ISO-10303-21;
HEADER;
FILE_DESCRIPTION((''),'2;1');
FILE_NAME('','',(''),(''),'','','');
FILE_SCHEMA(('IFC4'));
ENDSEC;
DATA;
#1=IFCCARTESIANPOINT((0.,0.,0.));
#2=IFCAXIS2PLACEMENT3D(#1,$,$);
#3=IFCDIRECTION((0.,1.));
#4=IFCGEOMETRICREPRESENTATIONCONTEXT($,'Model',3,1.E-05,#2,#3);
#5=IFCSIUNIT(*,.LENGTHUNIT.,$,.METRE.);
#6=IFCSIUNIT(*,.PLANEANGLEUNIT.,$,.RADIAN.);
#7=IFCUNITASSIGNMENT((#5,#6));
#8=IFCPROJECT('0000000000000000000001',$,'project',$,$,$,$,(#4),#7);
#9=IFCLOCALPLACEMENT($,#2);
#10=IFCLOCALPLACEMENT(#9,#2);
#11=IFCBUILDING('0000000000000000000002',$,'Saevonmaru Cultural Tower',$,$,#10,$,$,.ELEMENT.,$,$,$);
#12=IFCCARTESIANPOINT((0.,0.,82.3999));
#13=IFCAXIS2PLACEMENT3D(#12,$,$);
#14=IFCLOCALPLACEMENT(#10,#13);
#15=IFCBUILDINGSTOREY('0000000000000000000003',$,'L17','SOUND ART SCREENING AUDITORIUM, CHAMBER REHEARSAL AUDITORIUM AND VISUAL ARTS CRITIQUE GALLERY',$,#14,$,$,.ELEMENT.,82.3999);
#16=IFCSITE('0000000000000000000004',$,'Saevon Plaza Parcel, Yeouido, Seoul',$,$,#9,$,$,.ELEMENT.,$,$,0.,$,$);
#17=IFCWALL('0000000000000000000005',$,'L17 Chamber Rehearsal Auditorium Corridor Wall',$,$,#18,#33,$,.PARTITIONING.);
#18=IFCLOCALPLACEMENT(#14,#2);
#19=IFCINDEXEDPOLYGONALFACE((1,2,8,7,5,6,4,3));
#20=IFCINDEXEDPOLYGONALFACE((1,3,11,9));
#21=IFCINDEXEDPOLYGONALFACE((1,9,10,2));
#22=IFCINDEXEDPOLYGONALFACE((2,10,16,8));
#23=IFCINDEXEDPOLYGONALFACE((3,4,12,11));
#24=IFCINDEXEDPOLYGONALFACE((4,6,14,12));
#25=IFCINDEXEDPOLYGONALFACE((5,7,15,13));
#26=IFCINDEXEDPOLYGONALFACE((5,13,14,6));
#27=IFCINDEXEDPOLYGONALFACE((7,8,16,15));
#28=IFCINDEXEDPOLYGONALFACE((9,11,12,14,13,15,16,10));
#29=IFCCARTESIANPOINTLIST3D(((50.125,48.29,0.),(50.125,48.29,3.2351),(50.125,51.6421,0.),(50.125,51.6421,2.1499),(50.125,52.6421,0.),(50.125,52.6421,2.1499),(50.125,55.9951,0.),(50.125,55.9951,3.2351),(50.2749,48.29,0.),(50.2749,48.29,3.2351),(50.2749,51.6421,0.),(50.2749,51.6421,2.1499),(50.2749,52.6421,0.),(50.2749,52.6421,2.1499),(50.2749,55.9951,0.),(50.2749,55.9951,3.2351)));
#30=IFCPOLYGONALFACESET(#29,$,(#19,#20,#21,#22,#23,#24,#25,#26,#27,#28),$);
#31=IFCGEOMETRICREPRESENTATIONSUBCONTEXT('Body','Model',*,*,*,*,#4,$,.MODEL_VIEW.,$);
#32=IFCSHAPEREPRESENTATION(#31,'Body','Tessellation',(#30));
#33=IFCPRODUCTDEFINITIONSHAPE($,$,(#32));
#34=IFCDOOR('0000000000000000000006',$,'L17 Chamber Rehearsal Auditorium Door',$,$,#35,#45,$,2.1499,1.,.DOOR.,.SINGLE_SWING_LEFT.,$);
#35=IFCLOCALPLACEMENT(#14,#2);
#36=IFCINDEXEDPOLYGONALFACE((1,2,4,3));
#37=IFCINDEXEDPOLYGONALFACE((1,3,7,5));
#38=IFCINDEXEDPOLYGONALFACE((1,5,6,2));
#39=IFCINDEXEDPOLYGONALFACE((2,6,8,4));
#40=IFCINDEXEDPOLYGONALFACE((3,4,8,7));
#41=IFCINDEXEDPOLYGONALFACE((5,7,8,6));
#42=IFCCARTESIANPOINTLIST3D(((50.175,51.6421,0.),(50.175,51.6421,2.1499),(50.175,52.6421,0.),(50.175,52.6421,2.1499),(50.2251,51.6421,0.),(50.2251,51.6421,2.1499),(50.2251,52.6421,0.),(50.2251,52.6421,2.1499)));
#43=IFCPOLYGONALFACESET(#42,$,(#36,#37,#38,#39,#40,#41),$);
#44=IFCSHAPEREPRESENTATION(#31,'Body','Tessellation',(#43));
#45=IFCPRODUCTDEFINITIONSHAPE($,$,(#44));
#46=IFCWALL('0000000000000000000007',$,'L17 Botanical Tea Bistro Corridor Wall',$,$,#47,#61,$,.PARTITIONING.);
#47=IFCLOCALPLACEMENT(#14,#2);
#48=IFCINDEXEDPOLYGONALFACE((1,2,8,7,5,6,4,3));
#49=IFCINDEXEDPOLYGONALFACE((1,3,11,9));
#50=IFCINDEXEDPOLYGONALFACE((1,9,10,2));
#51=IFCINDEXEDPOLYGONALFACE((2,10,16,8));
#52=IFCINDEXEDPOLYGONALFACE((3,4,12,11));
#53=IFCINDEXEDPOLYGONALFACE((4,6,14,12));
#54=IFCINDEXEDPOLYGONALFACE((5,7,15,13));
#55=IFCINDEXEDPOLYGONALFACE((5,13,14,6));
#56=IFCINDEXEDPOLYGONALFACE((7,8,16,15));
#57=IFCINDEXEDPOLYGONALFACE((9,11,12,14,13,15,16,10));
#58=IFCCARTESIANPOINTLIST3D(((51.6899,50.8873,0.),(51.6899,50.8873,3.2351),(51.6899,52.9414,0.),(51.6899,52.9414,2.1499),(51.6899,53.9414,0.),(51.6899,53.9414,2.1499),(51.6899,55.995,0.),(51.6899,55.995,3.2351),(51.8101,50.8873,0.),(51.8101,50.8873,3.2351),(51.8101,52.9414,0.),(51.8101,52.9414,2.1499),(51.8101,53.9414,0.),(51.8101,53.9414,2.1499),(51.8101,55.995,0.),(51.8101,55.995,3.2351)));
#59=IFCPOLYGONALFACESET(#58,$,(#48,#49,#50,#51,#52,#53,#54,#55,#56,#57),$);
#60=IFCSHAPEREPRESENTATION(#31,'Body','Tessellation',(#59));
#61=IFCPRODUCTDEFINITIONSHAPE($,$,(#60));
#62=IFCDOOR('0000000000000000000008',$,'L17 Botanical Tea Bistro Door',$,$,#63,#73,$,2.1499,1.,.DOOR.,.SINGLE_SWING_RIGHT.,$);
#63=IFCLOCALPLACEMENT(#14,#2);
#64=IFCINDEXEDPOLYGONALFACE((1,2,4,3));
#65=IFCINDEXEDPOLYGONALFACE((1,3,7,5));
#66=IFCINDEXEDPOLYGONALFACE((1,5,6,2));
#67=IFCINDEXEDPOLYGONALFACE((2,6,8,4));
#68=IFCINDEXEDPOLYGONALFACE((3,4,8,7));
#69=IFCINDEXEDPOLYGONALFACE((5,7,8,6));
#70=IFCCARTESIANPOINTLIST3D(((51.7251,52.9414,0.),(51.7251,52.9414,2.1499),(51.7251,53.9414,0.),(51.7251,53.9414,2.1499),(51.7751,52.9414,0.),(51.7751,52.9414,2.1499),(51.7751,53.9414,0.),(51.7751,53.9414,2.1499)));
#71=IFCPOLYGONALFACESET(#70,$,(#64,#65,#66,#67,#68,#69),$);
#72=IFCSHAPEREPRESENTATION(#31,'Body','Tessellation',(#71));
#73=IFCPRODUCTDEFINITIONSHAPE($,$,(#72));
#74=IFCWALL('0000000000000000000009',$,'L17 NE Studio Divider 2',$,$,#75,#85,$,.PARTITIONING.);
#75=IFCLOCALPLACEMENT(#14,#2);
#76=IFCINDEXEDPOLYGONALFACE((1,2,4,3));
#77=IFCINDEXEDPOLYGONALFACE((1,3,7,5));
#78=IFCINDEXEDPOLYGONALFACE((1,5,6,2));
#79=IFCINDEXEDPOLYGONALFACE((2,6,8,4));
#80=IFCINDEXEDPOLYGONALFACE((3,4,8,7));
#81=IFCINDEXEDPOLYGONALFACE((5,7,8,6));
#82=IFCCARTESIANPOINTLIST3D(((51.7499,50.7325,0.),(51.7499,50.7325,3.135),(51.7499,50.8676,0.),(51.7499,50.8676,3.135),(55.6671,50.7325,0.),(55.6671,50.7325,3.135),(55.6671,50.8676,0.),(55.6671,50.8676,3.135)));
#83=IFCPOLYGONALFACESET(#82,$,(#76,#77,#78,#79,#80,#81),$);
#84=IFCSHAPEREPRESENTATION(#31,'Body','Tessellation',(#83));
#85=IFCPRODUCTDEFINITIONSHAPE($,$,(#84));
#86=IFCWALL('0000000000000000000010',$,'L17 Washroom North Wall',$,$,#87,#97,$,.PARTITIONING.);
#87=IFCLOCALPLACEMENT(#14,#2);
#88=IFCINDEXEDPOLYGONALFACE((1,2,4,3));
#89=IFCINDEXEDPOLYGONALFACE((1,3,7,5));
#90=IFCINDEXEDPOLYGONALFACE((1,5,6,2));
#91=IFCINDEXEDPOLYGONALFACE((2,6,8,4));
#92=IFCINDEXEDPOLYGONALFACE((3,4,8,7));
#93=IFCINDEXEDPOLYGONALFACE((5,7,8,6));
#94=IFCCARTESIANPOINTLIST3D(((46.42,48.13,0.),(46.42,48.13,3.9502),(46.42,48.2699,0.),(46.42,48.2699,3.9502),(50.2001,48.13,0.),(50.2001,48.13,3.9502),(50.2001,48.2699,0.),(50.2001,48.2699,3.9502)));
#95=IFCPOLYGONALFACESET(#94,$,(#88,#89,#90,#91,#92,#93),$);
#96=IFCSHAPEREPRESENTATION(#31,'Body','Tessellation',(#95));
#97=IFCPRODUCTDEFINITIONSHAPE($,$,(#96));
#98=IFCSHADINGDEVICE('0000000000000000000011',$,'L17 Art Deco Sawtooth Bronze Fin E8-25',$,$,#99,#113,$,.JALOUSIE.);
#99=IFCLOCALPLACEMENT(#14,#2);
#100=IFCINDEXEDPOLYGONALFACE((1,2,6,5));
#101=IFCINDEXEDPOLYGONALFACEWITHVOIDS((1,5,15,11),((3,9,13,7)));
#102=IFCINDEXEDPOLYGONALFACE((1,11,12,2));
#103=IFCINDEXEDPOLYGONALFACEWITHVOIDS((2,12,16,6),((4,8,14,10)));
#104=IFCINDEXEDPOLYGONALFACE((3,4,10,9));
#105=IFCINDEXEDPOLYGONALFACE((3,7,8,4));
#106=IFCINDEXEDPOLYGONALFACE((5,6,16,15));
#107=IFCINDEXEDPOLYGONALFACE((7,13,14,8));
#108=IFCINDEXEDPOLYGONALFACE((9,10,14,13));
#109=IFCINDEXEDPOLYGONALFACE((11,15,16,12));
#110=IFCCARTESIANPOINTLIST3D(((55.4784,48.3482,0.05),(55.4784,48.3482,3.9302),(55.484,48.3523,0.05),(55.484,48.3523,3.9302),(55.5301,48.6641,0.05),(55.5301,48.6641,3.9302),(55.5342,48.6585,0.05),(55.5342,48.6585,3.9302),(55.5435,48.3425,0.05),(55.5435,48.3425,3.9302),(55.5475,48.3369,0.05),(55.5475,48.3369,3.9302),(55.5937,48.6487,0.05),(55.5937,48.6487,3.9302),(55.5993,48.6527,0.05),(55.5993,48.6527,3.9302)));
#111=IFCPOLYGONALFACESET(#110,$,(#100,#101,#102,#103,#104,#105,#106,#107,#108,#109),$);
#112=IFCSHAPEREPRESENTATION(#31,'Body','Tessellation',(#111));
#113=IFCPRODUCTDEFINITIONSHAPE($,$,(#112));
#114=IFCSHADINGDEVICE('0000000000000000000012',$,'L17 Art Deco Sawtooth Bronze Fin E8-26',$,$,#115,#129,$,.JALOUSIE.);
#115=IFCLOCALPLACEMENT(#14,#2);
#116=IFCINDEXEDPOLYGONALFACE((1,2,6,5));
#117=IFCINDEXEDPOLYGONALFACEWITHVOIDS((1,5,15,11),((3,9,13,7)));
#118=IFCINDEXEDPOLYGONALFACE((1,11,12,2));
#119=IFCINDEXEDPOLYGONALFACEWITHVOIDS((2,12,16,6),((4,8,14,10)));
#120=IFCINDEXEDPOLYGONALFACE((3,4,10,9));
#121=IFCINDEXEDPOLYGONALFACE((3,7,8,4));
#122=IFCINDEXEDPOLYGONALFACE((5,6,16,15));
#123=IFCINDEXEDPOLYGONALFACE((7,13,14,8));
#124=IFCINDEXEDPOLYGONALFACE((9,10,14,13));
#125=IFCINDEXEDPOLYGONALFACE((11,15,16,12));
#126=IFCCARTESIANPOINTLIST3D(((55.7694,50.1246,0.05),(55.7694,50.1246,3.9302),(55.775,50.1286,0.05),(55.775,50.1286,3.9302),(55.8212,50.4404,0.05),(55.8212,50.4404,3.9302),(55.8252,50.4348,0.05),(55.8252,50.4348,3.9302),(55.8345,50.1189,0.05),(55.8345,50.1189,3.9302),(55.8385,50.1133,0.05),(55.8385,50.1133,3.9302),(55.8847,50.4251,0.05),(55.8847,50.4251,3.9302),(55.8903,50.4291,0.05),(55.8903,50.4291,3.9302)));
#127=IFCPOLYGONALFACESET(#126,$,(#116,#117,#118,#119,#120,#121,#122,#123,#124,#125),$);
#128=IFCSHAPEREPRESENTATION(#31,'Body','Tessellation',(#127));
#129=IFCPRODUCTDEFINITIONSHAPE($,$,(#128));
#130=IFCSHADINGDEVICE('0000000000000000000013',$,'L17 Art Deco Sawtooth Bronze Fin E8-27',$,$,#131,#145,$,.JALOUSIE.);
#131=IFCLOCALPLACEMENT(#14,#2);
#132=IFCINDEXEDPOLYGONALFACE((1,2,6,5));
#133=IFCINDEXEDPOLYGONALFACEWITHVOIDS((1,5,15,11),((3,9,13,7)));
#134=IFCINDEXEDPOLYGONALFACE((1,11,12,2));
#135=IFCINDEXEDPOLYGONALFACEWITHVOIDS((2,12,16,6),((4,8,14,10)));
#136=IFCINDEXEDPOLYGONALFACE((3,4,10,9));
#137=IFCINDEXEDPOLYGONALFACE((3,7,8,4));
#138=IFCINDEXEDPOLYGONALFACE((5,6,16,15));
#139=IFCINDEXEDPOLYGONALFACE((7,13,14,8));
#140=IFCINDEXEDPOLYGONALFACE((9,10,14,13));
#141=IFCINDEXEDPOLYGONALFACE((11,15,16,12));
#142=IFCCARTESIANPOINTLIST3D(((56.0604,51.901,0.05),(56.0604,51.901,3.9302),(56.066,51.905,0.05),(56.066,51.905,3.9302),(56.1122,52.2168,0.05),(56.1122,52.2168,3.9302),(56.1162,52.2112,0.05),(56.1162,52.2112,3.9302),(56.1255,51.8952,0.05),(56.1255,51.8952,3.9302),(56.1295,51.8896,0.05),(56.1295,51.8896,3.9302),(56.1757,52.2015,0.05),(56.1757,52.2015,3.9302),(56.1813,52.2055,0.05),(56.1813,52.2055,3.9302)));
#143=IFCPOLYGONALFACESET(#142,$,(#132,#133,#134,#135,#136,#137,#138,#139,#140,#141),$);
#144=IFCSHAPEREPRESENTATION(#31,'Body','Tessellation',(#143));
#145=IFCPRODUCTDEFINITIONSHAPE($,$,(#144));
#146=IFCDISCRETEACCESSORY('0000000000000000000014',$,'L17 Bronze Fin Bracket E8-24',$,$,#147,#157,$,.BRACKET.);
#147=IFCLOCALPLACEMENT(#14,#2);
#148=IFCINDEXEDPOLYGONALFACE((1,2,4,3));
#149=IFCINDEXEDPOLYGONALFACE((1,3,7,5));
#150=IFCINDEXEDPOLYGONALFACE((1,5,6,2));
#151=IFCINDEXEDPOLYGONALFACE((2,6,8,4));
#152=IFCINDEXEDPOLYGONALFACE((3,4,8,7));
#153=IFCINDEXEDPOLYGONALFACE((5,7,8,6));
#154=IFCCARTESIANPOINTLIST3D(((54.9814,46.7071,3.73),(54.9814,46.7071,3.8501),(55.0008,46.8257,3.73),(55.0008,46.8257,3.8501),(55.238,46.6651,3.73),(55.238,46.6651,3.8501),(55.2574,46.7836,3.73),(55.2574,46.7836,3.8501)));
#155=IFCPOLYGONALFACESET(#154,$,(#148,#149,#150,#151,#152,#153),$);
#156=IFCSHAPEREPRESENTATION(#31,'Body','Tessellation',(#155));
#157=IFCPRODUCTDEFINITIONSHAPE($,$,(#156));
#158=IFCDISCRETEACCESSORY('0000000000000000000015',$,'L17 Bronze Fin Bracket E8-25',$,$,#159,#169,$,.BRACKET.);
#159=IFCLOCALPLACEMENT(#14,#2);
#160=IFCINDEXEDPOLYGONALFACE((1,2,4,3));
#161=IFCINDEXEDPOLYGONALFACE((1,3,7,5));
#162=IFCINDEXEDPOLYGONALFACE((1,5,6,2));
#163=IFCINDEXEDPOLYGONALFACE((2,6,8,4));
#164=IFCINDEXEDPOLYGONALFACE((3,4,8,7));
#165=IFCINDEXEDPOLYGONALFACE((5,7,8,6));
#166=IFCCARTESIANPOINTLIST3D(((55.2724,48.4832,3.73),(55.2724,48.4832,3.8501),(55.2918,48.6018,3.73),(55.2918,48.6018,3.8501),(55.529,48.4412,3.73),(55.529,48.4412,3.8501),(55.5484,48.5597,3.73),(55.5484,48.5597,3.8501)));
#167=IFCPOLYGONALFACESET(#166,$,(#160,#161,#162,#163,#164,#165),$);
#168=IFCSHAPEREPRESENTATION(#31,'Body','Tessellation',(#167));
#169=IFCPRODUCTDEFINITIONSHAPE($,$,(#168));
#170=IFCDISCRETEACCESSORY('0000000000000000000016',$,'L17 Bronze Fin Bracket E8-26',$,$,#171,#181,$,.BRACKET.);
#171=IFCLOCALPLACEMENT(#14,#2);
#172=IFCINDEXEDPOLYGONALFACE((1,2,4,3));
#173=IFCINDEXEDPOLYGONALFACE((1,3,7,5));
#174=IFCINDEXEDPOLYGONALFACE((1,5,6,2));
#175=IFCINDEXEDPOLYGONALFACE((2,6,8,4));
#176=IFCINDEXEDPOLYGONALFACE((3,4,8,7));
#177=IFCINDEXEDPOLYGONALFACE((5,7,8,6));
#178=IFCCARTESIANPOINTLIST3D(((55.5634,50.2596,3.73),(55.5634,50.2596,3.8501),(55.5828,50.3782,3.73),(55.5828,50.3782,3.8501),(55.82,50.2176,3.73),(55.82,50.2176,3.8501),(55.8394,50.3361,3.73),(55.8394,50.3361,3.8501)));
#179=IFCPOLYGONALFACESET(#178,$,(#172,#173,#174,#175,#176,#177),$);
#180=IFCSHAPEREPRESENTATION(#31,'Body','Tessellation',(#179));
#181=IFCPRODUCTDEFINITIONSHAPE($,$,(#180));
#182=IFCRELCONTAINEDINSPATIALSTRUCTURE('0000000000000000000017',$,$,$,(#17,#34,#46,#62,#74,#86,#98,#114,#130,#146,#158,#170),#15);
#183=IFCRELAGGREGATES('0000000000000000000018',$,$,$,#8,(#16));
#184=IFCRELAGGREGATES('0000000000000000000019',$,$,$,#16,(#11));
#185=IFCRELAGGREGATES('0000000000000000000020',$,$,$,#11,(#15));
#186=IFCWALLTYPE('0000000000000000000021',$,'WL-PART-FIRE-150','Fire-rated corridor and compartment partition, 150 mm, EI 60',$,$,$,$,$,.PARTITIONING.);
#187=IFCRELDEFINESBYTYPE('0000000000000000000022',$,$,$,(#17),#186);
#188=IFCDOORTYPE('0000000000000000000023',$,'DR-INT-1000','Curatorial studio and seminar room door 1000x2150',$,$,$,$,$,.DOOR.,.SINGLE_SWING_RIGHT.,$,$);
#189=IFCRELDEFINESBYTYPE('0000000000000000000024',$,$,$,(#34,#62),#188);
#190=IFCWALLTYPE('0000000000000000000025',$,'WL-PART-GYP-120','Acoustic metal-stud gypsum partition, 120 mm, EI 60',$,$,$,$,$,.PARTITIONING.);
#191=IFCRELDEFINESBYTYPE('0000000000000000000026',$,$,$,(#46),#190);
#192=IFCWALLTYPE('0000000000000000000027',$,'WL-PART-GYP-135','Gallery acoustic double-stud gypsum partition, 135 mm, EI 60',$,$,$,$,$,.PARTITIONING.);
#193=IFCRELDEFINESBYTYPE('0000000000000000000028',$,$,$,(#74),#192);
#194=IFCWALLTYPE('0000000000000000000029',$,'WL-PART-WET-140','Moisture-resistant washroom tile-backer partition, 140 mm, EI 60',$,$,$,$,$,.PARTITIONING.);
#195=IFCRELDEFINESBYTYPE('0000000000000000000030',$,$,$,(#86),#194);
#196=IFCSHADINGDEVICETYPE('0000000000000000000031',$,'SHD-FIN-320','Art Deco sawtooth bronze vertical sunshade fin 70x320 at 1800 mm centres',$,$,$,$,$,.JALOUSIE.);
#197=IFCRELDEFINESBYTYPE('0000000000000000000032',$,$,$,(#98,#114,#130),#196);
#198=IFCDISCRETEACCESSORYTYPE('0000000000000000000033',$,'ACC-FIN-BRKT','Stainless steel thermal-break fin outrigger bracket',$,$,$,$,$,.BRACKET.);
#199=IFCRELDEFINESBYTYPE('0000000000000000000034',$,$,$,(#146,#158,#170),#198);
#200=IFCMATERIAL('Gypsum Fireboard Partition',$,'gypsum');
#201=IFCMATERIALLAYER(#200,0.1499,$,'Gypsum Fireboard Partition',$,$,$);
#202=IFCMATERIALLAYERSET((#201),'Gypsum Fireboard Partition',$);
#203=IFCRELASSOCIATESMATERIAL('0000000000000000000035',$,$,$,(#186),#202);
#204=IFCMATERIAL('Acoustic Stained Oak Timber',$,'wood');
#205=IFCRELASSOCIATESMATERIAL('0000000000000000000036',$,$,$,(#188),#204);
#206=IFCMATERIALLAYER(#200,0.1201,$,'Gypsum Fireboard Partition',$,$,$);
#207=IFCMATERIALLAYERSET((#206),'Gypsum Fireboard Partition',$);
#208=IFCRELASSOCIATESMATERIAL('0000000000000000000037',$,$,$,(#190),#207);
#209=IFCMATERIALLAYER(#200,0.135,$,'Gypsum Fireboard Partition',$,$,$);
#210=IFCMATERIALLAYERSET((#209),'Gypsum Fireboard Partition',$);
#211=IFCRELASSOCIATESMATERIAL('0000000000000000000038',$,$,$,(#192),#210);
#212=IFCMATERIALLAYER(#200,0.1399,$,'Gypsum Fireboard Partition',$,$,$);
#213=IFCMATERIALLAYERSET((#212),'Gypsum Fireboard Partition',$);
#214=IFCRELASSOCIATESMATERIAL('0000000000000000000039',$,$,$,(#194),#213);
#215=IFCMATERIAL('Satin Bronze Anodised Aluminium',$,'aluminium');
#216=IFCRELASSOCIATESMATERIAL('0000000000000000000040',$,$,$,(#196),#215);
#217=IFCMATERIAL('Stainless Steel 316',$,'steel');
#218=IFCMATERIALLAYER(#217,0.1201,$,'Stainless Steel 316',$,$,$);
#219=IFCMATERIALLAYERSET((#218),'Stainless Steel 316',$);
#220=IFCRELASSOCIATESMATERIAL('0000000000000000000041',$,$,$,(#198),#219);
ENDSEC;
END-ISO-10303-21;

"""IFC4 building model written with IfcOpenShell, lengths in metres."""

from ifc_helpers import new_model, si_unit, direction, frame, frame_2d, origin, origin_2d, place, context, subcontext, project, spatial, rectangle, hollow_rectangle, extrude, material, layer, layer_set, material_profile, profile_set, type_object, element, fill, save


model = new_model("IFC4")

# Units and contexts
model_context = context("Model", 3, precision=1e-05, world=origin(), true_north=direction((0.0, 1.0)))
body_context = subcontext(model_context, "Body", "Model", "MODEL_VIEW")
ifc_project = project(units=[si_unit("LENGTHUNIT", "METRE"), si_unit("PLANEANGLEUNIT", "RADIAN")], contexts=[model_context])

# Site, building, storey
site_placement = place(None, origin())
site = spatial("IfcSite", under=ifc_project, at=site_placement, Name="Saevon Plaza Parcel, Yeouido, Seoul", CompositionType="ELEMENT", RefElevation=0.0)
building_placement = place(site_placement, origin())
building = spatial("IfcBuilding", under=site, at=building_placement, Name="Saevonmaru Cultural Tower", CompositionType="ELEMENT")
storey_placement = place(building_placement, frame((0.0, 0.0, 82.3999)))
storey = spatial("IfcBuildingStorey", under=building, at=storey_placement, Name="L17", Description="SOUND ART SCREENING AUDITORIUM, CHAMBER REHEARSAL AUDITORIUM AND VISUAL ARTS CRITIQUE GALLERY", CompositionType="ELEMENT", Elevation=82.3999)

# Shared definitions
ifc_material_1 = material(Name="Satin Bronze Anodised Aluminium", Category="aluminium")

# Walls, openings, doors
ifc_material_2 = material(Name="Gypsum Fireboard Partition", Category="gypsum")
ifc_layer_1 = layer(ifc_material_2, 0.1499, Name="Gypsum Fireboard Partition")
ifc_layer_set_1 = layer_set([ifc_layer_1], Name="Gypsum Fireboard Partition")
wall_type_1 = type_object("IfcWallType", Name="WL-PART-FIRE-150", Description="Fire-rated corridor and compartment partition, 150 mm, EI 60", PredefinedType="PARTITIONING", material=ifc_layer_set_1)
wall_1_placement = place(storey_placement, frame((50.2, 48.29, 0.0), z_axis=(0.0, 0.0, 1.0), x_axis=(0.0, 1.0, 0.0)))
wall_1 = element("IfcWall", 1, at=wall_1_placement, inside=storey, type_object=wall_type_1, Name="L17 Chamber Rehearsal Auditorium Corridor Wall", PredefinedType="PARTITIONING", context=body_context, shape_type="SweptSolid", body=[
    extrude(rectangle(XDim=7.7051, YDim=0.1499, at=frame_2d((3.8525, 0.0))), origin(), (0.0, 0.0, 1.0), 3.2351),
])
opening_1_placement = place(wall_1_placement, frame((3.3521, 0.0, 0.0)))
opening_1 = element("IfcOpeningElement", 2, at=opening_1_placement, cuts=wall_1, PredefinedType="OPENING", context=body_context, shape_type="SweptSolid", body=[
    extrude(rectangle(XDim=1.0, YDim=2.1499, at=frame_2d((0.5, 1.075))), frame((0.0, 0.085, 0.0), z_axis=(0.0, -1.0, 0.0), x_axis=(1.0, 0.0, 0.0)), (0.0, 0.0, 1.0), 0.1699),
])
ifc_material_3 = material(Name="Acoustic Stained Oak Timber", Category="wood")
door_type = type_object("IfcDoorType", Name="DR-INT-1000", Description="Curatorial studio and seminar room door 1000x2150", OperationType="SINGLE_SWING_RIGHT", PredefinedType="DOOR", material=ifc_material_3)
door_1_placement = place(opening_1_placement, origin())
door_1 = element("IfcDoor", 3, at=door_1_placement, inside=storey, type_object=door_type, Name="L17 Chamber Rehearsal Auditorium Door", OperationType="SINGLE_SWING_LEFT", OverallHeight=2.1499, OverallWidth=1.0, PredefinedType="DOOR", context=body_context, shape_type="SweptSolid", body=[
    extrude(rectangle(XDim=1.0, YDim=2.1499, at=frame_2d((0.5, 1.075))), frame((0.0, 0.0249, 0.0), z_axis=(0.0, -1.0, 0.0), x_axis=(1.0, 0.0, 0.0)), (0.0, 0.0, 1.0), 0.05),
])
fill(opening_1, door_1)
ifc_layer_2 = layer(ifc_material_2, 0.1201, Name="Gypsum Fireboard Partition")
ifc_layer_set_2 = layer_set([ifc_layer_2], Name="Gypsum Fireboard Partition")
wall_type_2 = type_object("IfcWallType", Name="WL-PART-GYP-120", Description="Acoustic metal-stud gypsum partition, 120 mm, EI 60", PredefinedType="PARTITIONING", material=ifc_layer_set_2)
wall_2_placement = place(storey_placement, frame((51.75, 50.8875, 0.0), z_axis=(0.0, 0.0, 1.0), x_axis=(0.0, 1.0, 0.0)))
wall_2 = element("IfcWall", 4, at=wall_2_placement, inside=storey, type_object=wall_type_2, Name="L17 Botanical Tea Bistro Corridor Wall", PredefinedType="PARTITIONING", context=body_context, shape_type="SweptSolid", body=[
    extrude(rectangle(XDim=5.1077, YDim=0.1201, at=frame_2d((2.5537, 0.0))), origin(), (0.0, 0.0, 1.0), 3.2351),
])
opening_2_placement = place(wall_2_placement, frame((2.054, 0.0, 0.0)))
opening_2 = element("IfcOpeningElement", 5, at=opening_2_placement, cuts=wall_2, PredefinedType="OPENING", context=body_context, shape_type="SweptSolid", body=[
    extrude(rectangle(XDim=1.0, YDim=2.1499, at=frame_2d((0.5, 1.075))), frame((0.0, 0.0701, 0.0), z_axis=(0.0, -1.0, 0.0), x_axis=(1.0, 0.0, 0.0)), (0.0, 0.0, 1.0), 0.1401),
])
door_2_placement = place(opening_2_placement, origin())
door_2 = element("IfcDoor", 6, at=door_2_placement, inside=storey, type_object=door_type, Name="L17 Botanical Tea Bistro Door", OperationType="SINGLE_SWING_RIGHT", OverallHeight=2.1499, OverallWidth=1.0, PredefinedType="DOOR", context=body_context, shape_type="SweptSolid", body=[
    extrude(rectangle(XDim=1.0, YDim=2.1499, at=frame_2d((0.5, 1.075))), frame((0.0, 0.0249, 0.0), z_axis=(0.0, -1.0, 0.0), x_axis=(1.0, 0.0, 0.0)), (0.0, 0.0, 1.0), 0.05),
])
fill(opening_2, door_2)

# Walls
ifc_layer_3 = layer(ifc_material_2, 0.135, Name="Gypsum Fireboard Partition")
ifc_layer_set_3 = layer_set([ifc_layer_3], Name="Gypsum Fireboard Partition")
wall_type_3 = type_object("IfcWallType", Name="WL-PART-GYP-135", Description="Gallery acoustic double-stud gypsum partition, 135 mm, EI 60", PredefinedType="PARTITIONING", material=ifc_layer_set_3)
wall_3_placement = place(storey_placement, frame((51.75, 50.8, 0.0), z_axis=(0.0, 0.0, 1.0), x_axis=(1.0, 0.0, 0.0)))
element("IfcWall", 7, at=wall_3_placement, inside=storey, type_object=wall_type_3, Name="L17 NE Studio Divider 2", PredefinedType="PARTITIONING", context=body_context, shape_type="SweptSolid", body=[
    extrude(rectangle(XDim=3.9172, YDim=0.135, at=frame_2d((1.9585, 0.0))), origin(), (0.0, 0.0, 1.0), 3.135),
])
ifc_layer_4 = layer(ifc_material_2, 0.1399, Name="Gypsum Fireboard Partition")
ifc_layer_set_4 = layer_set([ifc_layer_4], Name="Gypsum Fireboard Partition")
wall_type_4 = type_object("IfcWallType", Name="WL-PART-WET-140", Description="Moisture-resistant washroom tile-backer partition, 140 mm, EI 60", PredefinedType="PARTITIONING", material=ifc_layer_set_4)
wall_4_placement = place(storey_placement, frame((46.4199, 48.2, 0.0), z_axis=(0.0, 0.0, 1.0), x_axis=(1.0, 0.0, 0.0)))
element("IfcWall", 8, at=wall_4_placement, inside=storey, type_object=wall_type_4, Name="L17 Washroom North Wall", PredefinedType="PARTITIONING", context=body_context, shape_type="SweptSolid", body=[
    extrude(rectangle(XDim=3.78, YDim=0.1399, at=frame_2d((1.8901, 0.0))), origin(), (0.0, 0.0, 1.0), 3.9502),
])

# Shading devices
ifc_material_profile_1 = material_profile(ifc_material_1, hollow_rectangle(XDim=0.0701, YDim=0.3201, WallThickness=0.0049, at=origin_2d()), Name="FIN-320x70")
ifc_profile_set_1 = profile_set([ifc_material_profile_1], Name="Satin Bronze Anodised Aluminium")
shading_device_type = type_object("IfcShadingDeviceType", Name="SHD-FIN-320", Description="Art Deco sawtooth bronze vertical sunshade fin 70x320 at 1800 mm centres", PredefinedType="JALOUSIE", material=ifc_profile_set_1)
for number, where, z_axis, x_axis, name in (
    (9, (55.5388, 48.5005, 0.05), (0.0, 0.0, 1.0), (0.986827, -0.161776, 0.0), "L17 Art Deco Sawtooth Bronze Fin E8-25"),
    (10, (55.8298, 50.2769, 0.05), (0.0, 0.0, 1.0), (0.986827, -0.161776, 0.0), "L17 Art Deco Sawtooth Bronze Fin E8-26"),
    (11, (56.1208, 52.0532, 0.05), (0.0, 0.0, 1.0), (0.986827, -0.161776, 0.0), "L17 Art Deco Sawtooth Bronze Fin E8-27"),
):
    element("IfcShadingDevice", number, at=place(storey_placement, frame(where, z_axis=z_axis, x_axis=x_axis)), inside=storey, type_object=shading_device_type, Name=name, PredefinedType="JALOUSIE", context=body_context, shape_type="SweptSolid", body=[
        extrude(hollow_rectangle(XDim=0.0701, YDim=0.3201, WallThickness=0.0049, at=origin_2d()), origin(), (0.0, 0.0, 1.0), 3.8801),
    ])

# Discrete accessories
ifc_material_4 = material(Name="Stainless Steel 316", Category="steel")
ifc_layer_5 = layer(ifc_material_4, 0.1201, Name="Stainless Steel 316")
ifc_layer_set_5 = layer_set([ifc_layer_5], Name="Stainless Steel 316")
discrete_accessory_type = type_object("IfcDiscreteAccessoryType", Name="ACC-FIN-BRKT", Description="Stainless steel thermal-break fin outrigger bracket", PredefinedType="BRACKET", material=ifc_layer_set_5)
for number, where, z_axis, x_axis, name in (
    (12, (55.1194, 46.7454, 3.73), (0.0, 0.0, 1.0), (0.986827, -0.161776, 0.0), "L17 Bronze Fin Bracket E8-24"),
    (13, (55.4104, 48.5215, 3.73), (0.0, 0.0, 1.0), (0.986827, -0.161776, 0.0), "L17 Bronze Fin Bracket E8-25"),
    (14, (55.7014, 50.2979, 3.73), (0.0, 0.0, 1.0), (0.986827, -0.161776, 0.0), "L17 Bronze Fin Bracket E8-26"),
):
    element("IfcDiscreteAccessory", number, at=place(storey_placement, frame(where, z_axis=z_axis, x_axis=x_axis)), inside=storey, type_object=discrete_accessory_type, Name=name, PredefinedType="BRACKET", context=body_context, shape_type="SweptSolid", body=[
        extrude(rectangle(XDim=0.26, YDim=0.1201, at=origin_2d()), origin(), (0.0, 0.0, 1.0), 0.1201),
    ])

save(model, "model.ifc")
